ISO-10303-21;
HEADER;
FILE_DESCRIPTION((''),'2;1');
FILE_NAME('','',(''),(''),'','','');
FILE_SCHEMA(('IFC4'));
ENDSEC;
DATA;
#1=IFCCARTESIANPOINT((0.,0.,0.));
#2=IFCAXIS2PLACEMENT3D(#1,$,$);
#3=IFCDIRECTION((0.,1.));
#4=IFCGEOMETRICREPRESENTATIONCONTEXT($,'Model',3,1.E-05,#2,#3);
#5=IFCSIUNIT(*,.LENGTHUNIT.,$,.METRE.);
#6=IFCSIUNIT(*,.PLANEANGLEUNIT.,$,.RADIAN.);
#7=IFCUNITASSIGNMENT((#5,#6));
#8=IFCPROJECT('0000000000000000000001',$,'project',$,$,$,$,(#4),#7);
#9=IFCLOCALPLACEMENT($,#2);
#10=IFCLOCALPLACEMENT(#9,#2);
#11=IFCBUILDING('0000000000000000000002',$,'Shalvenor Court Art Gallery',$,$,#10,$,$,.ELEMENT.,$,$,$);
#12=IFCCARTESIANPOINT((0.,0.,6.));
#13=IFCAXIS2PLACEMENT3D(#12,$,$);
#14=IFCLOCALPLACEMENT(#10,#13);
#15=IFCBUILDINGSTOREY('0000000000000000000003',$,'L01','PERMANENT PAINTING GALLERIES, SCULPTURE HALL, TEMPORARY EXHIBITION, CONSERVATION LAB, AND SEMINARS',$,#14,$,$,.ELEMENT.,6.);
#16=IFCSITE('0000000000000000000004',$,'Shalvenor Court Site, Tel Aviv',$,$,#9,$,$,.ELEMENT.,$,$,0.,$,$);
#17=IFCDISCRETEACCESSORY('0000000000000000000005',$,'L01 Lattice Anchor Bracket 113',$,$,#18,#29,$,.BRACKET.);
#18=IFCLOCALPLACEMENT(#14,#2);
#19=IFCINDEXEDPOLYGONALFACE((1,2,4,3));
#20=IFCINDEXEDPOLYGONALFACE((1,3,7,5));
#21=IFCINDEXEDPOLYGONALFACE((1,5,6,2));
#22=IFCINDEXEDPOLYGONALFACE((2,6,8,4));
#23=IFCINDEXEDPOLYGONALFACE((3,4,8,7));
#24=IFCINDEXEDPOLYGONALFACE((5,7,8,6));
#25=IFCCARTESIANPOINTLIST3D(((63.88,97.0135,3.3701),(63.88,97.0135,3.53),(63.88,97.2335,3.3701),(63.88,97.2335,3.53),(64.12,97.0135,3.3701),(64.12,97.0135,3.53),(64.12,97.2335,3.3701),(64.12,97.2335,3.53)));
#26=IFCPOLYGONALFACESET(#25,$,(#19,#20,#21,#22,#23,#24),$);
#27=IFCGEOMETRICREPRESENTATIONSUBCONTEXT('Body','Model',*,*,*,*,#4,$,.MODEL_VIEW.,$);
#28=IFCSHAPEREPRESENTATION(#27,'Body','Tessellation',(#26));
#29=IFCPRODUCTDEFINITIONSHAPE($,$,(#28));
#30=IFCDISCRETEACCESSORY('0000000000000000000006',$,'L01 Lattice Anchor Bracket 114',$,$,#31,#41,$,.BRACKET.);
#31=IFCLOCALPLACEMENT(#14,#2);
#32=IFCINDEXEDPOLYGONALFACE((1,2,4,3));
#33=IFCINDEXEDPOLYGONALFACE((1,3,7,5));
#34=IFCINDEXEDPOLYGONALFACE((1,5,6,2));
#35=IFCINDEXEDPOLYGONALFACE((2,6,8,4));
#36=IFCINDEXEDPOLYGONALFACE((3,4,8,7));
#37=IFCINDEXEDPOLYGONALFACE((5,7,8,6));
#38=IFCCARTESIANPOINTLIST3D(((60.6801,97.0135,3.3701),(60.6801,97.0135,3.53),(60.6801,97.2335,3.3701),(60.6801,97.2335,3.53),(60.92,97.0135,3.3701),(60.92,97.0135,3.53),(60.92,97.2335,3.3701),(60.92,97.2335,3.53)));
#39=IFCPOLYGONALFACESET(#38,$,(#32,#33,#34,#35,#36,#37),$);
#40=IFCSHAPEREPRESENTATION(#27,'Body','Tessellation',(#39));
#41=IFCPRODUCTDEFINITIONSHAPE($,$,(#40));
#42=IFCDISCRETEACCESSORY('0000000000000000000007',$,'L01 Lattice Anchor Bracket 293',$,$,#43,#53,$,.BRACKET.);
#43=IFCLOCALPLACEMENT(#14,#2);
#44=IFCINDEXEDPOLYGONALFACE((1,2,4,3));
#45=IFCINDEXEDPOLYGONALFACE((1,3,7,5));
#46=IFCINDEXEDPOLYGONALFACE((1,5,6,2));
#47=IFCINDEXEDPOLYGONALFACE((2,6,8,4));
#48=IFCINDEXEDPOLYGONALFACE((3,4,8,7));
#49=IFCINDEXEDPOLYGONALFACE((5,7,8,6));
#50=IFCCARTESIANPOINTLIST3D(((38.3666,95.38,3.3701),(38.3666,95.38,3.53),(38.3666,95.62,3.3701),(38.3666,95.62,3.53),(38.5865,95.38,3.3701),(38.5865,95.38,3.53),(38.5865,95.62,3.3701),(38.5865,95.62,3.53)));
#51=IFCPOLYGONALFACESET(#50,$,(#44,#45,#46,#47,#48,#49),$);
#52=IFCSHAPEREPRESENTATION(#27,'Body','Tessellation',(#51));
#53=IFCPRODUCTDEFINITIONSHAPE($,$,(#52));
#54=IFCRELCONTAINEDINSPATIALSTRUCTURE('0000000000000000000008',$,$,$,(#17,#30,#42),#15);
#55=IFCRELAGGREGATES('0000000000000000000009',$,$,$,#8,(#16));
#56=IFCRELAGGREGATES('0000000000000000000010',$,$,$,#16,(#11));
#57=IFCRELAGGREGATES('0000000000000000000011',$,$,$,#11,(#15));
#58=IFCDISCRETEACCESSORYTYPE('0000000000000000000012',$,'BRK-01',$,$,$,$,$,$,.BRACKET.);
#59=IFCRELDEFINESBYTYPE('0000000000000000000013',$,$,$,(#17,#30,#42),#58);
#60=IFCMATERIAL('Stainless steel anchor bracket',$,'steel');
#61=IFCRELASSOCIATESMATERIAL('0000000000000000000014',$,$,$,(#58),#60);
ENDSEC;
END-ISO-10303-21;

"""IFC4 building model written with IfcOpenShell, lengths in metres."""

from ifc_helpers import new_model, si_unit, direction, frame, origin, origin_2d, place, context, subcontext, project, spatial, rectangle, extrude, material, type_object, element, save


model = new_model("IFC4")

# Units and contexts
model_context = context("Model", 3, precision=1e-05, world=origin(), true_north=direction((0.0, 1.0)))
body_context = subcontext(model_context, "Body", "Model", "MODEL_VIEW")
ifc_project = project(units=[si_unit("LENGTHUNIT", "METRE"), si_unit("PLANEANGLEUNIT", "RADIAN")], contexts=[model_context])

# Site, building, storey
site_placement = place(None, origin())
site = spatial("IfcSite", under=ifc_project, at=site_placement, Name="Shalvenor Court Site, Tel Aviv", CompositionType="ELEMENT", RefElevation=0.0)
building_placement = place(site_placement, origin())
building = spatial("IfcBuilding", under=site, at=building_placement, Name="Shalvenor Court Art Gallery", CompositionType="ELEMENT")
storey_placement = place(building_placement, frame((0.0, 0.0, 6.0)))
storey = spatial("IfcBuildingStorey", under=building, at=storey_placement, Name="L01", Description="PERMANENT PAINTING GALLERIES, SCULPTURE HALL, TEMPORARY EXHIBITION, CONSERVATION LAB, AND SEMINARS", CompositionType="ELEMENT", Elevation=6.0)

# Discrete accessories
ifc_material_1 = material(Name="Stainless steel anchor bracket", Category="steel")
discrete_accessory_type = type_object("IfcDiscreteAccessoryType", Name="BRK-01", PredefinedType="BRACKET", material=ifc_material_1)
for number, where, z_axis, x_axis, name in (
    (1, (64.0, 97.1235, 3.3701), (0.0, 0.0, 1.0), (-1.0, 0.0, 0.0), "L01 Lattice Anchor Bracket 113"),
    (2, (60.8, 97.1235, 3.3701), (0.0, 0.0, 1.0), (-1.0, 0.0, 0.0), "L01 Lattice Anchor Bracket 114"),
    (3, (38.4766, 95.5, 3.3701), (0.0, 0.0, 1.0), (0.0, -1.0, 0.0), "L01 Lattice Anchor Bracket 293"),
):
    element("IfcDiscreteAccessory", number, at=place(storey_placement, frame(where, z_axis=z_axis, x_axis=x_axis)), inside=storey, type_object=discrete_accessory_type, Name=name, PredefinedType="BRACKET", context=body_context, shape_type="SweptSolid", body=[
        extrude(rectangle(XDim=0.24, YDim=0.22, at=origin_2d()), origin(), (0.0, 0.0, 1.0), 0.1599),
    ])

save(model, "model.ifc")
